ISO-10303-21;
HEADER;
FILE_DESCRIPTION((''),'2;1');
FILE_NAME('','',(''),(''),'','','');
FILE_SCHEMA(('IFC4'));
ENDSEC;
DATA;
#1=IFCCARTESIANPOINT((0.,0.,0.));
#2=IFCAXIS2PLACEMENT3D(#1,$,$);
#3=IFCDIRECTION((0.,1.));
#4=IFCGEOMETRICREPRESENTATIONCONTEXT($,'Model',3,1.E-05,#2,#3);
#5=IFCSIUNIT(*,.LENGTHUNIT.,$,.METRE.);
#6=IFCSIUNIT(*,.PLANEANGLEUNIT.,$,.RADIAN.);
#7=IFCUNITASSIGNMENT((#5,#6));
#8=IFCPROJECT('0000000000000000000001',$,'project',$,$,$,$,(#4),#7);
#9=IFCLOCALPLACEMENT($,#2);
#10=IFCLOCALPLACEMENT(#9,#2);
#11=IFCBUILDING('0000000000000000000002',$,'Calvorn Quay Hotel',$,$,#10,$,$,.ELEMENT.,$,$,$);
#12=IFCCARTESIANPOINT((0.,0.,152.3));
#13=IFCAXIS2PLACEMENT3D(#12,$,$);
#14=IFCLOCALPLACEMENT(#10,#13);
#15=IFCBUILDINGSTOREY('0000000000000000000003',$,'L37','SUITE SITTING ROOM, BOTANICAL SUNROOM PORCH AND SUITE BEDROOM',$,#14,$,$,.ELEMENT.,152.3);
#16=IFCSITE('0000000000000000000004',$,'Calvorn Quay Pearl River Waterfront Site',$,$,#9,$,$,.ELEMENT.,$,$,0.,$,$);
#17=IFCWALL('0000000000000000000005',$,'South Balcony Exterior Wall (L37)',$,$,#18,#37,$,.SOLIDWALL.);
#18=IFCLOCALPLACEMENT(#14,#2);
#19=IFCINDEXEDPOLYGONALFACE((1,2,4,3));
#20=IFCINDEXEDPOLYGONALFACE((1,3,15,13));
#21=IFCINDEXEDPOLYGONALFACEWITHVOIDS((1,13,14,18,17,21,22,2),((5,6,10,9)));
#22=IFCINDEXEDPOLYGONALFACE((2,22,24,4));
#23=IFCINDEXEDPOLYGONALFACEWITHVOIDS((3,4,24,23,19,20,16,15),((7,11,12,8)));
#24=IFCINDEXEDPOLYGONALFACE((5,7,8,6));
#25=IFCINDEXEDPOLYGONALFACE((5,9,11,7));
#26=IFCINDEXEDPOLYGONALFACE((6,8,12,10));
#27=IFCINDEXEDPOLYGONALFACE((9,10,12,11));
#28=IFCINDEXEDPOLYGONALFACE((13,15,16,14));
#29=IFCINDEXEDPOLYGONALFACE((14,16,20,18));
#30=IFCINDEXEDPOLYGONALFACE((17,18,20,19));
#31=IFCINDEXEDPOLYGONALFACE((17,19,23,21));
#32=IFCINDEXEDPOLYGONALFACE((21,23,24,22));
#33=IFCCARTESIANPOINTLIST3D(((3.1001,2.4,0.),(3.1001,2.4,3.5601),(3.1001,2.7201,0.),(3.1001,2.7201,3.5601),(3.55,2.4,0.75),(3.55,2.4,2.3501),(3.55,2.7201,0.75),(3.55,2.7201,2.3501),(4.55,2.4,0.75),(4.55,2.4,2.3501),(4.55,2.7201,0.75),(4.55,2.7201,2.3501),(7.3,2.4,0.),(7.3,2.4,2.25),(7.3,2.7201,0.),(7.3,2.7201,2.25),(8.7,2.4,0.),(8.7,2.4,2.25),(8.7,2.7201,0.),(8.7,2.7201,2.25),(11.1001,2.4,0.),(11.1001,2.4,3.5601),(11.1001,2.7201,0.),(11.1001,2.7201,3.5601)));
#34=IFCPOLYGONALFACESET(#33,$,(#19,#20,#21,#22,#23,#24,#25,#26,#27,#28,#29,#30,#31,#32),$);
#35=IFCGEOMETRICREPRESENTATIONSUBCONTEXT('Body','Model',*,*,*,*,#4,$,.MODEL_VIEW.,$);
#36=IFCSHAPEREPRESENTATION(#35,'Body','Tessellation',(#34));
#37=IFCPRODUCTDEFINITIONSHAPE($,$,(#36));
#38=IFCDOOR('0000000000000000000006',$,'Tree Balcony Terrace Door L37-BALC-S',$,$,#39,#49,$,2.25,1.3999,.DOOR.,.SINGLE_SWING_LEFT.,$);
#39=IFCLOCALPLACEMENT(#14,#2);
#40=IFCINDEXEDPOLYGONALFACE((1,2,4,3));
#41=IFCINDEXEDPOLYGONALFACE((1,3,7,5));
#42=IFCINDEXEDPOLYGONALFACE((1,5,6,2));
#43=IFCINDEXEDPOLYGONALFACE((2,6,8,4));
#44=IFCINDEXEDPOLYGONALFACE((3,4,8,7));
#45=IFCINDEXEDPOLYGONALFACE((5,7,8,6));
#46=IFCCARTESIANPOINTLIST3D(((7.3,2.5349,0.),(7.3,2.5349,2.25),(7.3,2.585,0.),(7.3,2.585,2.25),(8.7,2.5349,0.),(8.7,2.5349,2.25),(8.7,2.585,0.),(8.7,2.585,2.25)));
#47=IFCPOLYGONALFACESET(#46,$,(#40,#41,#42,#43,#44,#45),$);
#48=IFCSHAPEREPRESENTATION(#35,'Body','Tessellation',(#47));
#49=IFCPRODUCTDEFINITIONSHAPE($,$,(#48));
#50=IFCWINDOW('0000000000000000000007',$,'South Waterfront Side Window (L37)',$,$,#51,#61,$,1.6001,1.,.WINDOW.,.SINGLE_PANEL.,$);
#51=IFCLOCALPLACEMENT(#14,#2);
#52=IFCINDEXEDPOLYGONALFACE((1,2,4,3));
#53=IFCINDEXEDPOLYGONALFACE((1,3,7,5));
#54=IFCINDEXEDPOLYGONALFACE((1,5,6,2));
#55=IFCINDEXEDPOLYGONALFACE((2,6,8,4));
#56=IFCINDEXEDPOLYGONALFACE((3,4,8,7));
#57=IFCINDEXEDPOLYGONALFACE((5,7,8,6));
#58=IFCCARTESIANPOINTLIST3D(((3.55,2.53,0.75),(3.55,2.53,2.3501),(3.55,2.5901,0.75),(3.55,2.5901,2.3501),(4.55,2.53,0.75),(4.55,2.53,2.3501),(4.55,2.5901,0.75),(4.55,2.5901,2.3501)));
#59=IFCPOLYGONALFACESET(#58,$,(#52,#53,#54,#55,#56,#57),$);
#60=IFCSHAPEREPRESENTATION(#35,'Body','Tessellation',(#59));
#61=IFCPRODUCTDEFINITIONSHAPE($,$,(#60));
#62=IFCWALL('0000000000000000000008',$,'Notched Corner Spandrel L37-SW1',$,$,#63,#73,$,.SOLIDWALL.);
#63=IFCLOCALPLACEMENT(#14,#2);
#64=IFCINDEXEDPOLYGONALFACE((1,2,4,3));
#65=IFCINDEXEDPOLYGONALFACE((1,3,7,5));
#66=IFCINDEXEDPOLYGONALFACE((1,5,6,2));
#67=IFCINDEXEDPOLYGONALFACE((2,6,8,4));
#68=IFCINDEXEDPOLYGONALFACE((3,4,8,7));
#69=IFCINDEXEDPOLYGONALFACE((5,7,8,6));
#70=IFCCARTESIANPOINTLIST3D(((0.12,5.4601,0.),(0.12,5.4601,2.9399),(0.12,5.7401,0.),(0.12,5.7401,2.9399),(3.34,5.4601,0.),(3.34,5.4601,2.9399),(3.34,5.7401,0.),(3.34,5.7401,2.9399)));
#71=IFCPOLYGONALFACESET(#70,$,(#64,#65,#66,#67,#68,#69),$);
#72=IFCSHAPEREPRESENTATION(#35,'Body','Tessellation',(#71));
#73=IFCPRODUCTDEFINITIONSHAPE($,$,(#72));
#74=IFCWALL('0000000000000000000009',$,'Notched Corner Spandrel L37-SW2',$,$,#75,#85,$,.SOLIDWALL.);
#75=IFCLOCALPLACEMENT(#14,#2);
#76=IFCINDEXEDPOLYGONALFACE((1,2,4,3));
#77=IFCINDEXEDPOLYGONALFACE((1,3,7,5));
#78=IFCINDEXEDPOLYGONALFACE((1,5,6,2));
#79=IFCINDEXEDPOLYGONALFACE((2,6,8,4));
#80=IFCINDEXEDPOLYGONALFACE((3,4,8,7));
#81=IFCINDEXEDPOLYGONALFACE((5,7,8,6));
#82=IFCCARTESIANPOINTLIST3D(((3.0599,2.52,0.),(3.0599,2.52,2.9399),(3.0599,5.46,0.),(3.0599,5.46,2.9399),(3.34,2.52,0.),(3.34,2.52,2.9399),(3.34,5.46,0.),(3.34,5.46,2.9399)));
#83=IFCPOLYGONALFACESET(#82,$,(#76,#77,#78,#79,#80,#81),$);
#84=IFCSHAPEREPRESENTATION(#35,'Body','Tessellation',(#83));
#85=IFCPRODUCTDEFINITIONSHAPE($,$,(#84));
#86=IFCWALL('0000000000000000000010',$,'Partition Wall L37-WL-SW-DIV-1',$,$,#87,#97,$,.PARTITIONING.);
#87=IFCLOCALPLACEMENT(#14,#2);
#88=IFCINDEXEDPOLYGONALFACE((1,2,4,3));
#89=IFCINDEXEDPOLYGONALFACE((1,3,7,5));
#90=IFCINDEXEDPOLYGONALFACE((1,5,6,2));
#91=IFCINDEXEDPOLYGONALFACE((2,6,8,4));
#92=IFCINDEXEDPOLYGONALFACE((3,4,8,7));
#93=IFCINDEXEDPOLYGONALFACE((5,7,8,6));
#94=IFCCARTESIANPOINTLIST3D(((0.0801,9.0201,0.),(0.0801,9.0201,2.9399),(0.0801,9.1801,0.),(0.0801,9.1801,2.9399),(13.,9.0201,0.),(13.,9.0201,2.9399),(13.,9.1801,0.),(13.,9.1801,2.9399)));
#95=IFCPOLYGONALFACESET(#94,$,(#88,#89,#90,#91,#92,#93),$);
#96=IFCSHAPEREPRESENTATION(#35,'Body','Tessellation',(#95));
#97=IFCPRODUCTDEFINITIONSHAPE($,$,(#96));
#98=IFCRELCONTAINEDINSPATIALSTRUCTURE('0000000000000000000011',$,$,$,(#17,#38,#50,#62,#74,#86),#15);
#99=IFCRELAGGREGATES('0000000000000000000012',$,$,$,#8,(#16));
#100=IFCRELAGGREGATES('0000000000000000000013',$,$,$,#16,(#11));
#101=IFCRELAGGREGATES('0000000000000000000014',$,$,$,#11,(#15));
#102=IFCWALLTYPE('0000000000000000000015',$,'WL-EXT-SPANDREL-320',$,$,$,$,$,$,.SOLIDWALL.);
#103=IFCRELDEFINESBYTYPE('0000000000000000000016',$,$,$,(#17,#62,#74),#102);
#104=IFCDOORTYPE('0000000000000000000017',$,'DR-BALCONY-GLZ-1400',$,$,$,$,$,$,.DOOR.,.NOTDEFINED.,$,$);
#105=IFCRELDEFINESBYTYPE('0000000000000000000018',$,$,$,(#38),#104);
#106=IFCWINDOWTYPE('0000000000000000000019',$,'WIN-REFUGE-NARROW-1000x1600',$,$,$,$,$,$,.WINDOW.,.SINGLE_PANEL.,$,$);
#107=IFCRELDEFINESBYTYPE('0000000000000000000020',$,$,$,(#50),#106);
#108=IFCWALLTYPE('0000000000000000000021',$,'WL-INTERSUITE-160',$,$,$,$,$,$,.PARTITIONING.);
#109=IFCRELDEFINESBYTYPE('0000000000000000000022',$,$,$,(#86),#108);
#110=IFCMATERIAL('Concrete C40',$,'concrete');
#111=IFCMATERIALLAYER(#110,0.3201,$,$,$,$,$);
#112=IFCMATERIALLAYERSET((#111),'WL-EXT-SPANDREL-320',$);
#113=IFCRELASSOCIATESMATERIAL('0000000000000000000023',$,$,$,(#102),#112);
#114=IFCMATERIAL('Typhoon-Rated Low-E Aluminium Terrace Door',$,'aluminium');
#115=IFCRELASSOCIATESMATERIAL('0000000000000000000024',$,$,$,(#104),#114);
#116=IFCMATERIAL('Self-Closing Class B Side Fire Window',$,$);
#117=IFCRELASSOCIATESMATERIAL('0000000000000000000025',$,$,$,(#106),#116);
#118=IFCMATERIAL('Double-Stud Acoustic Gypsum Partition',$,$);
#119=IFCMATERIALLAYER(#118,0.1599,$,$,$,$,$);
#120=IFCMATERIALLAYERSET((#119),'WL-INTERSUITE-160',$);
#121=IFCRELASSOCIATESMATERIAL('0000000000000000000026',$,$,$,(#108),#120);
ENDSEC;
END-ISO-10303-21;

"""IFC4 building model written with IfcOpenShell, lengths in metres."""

from ifc_helpers import new_model, si_unit, direction, frame, frame_2d, origin, place, context, subcontext, project, spatial, rectangle, extrude, material, layer, layer_set, type_object, element, fill, save


model = new_model("IFC4")

# Units and contexts
model_context = context("Model", 3, precision=1e-05, world=origin(), true_north=direction((0.0, 1.0)))
body_context = subcontext(model_context, "Body", "Model", "MODEL_VIEW")
ifc_project = project(units=[si_unit("LENGTHUNIT", "METRE"), si_unit("PLANEANGLEUNIT", "RADIAN")], contexts=[model_context])

# Site, building, storey
site_placement = place(None, origin())
site = spatial("IfcSite", under=ifc_project, at=site_placement, Name="Calvorn Quay Pearl River Waterfront Site", CompositionType="ELEMENT", RefElevation=0.0)
building_placement = place(site_placement, origin())
building = spatial("IfcBuilding", under=site, at=building_placement, Name="Calvorn Quay Hotel", CompositionType="ELEMENT")
storey_placement = place(building_placement, frame((0.0, 0.0, 152.3)))
storey = spatial("IfcBuildingStorey", under=building, at=storey_placement, Name="L37", Description="SUITE SITTING ROOM, BOTANICAL SUNROOM PORCH AND SUITE BEDROOM", CompositionType="ELEMENT", Elevation=152.3)

# Wall, openings, door, window
ifc_material_1 = material(Name="Concrete C40", Category="concrete")
ifc_layer_1 = layer(ifc_material_1, 0.3201)
ifc_layer_set_1 = layer_set([ifc_layer_1], Name="WL-EXT-SPANDREL-320")
wall_type_1 = type_object("IfcWallType", Name="WL-EXT-SPANDREL-320", PredefinedType="SOLIDWALL", material=ifc_layer_set_1)
wall_1_placement = place(storey_placement, frame((3.1001, 2.5601, 0.0), z_axis=(0.0, 0.0, 1.0), x_axis=(1.0, 0.0, 0.0)))
wall_1 = element("IfcWall", 1, at=wall_1_placement, inside=storey, type_object=wall_type_1, Name="South Balcony Exterior Wall (L37)", PredefinedType="SOLIDWALL", context=body_context, shape_type="SweptSolid", body=[
    extrude(rectangle(XDim=8.0, YDim=0.3201, at=frame_2d((4.0, 0.0))), origin(), (0.0, 0.0, 1.0), 3.5601),
])
opening_1_placement = place(wall_1_placement, frame((0.45, 0.0, 0.75)))
opening_1 = element("IfcOpeningElement", 2, at=opening_1_placement, cuts=wall_1, PredefinedType="OPENING", context=body_context, shape_type="SweptSolid", body=[
    extrude(rectangle(XDim=1.0, YDim=1.6001, at=frame_2d((0.5, 0.8))), frame((0.0, 0.1699, 0.0), z_axis=(0.0, -1.0, 0.0), x_axis=(1.0, 0.0, 0.0)), (0.0, 0.0, 1.0), 0.3401),
])
opening_2_placement = place(wall_1_placement, frame((4.2, 0.0, 0.0)))
opening_2 = element("IfcOpeningElement", 3, at=opening_2_placement, cuts=wall_1, PredefinedType="OPENING", context=body_context, shape_type="SweptSolid", body=[
    extrude(rectangle(XDim=1.3999, YDim=2.25, at=frame_2d((0.7, 1.125))), frame((0.0, 0.1699, 0.0), z_axis=(0.0, -1.0, 0.0), x_axis=(1.0, 0.0, 0.0)), (0.0, 0.0, 1.0), 0.3401),
])
ifc_material_2 = material(Name="Typhoon-Rated Low-E Aluminium Terrace Door", Category="aluminium")
door_type_1 = type_object("IfcDoorType", Name="DR-BALCONY-GLZ-1400", OperationType="NOTDEFINED", PredefinedType="DOOR", material=ifc_material_2)
door_1_placement = place(opening_2_placement, origin())
door_1 = element("IfcDoor", 4, at=door_1_placement, inside=storey, type_object=door_type_1, Name="Tree Balcony Terrace Door L37-BALC-S", OperationType="SINGLE_SWING_LEFT", OverallHeight=2.25, OverallWidth=1.3999, PredefinedType="DOOR", context=body_context, shape_type="SweptSolid", body=[
    extrude(rectangle(XDim=1.3999, YDim=2.25, at=frame_2d((0.7, 1.125))), frame((0.0, 0.0249, 0.0), z_axis=(0.0, -1.0, 0.0), x_axis=(1.0, 0.0, 0.0)), (0.0, 0.0, 1.0), 0.05),
])
fill(opening_2, door_1)
ifc_material_3 = material(Name="Self-Closing Class B Side Fire Window")
window_type = type_object("IfcWindowType", Name="WIN-REFUGE-NARROW-1000x1600", PartitioningType="SINGLE_PANEL", PredefinedType="WINDOW", material=ifc_material_3)
window_placement = place(opening_1_placement, origin())
window = element("IfcWindow", 5, at=window_placement, inside=storey, type_object=window_type, Name="South Waterfront Side Window (L37)", OverallHeight=1.6001, OverallWidth=1.0, PartitioningType="SINGLE_PANEL", PredefinedType="WINDOW", context=body_context, shape_type="SweptSolid", body=[
    extrude(rectangle(XDim=1.0, YDim=1.6001, at=frame_2d((0.5, 0.8))), frame((0.0, 0.03, 0.0), z_axis=(0.0, -1.0, 0.0), x_axis=(1.0, 0.0, 0.0)), (0.0, 0.0, 1.0), 0.0601),
])
fill(opening_1, window)

# Walls
wall_2_placement = place(storey_placement, frame((0.1201, 5.6001, 0.0), z_axis=(0.0, 0.0, 1.0), x_axis=(1.0, 0.0, 0.0)))
element("IfcWall", 6, at=wall_2_placement, inside=storey, type_object=wall_type_1, Name="Notched Corner Spandrel L37-SW1", PredefinedType="SOLIDWALL", context=body_context, shape_type="SweptSolid", body=[
    extrude(rectangle(XDim=3.22, YDim=0.28, at=frame_2d((1.6099, 0.0))), origin(), (0.0, 0.0, 1.0), 2.9399),
])
wall_3_placement = place(storey_placement, frame((3.2, 5.46, 0.0), z_axis=(0.0, 0.0, 1.0), x_axis=(0.0, -1.0, 0.0)))
element("IfcWall", 7, at=wall_3_placement, inside=storey, type_object=wall_type_1, Name="Notched Corner Spandrel L37-SW2", PredefinedType="SOLIDWALL", context=body_context, shape_type="SweptSolid", body=[
    extrude(rectangle(XDim=2.9399, YDim=0.28, at=frame_2d((1.47, 0.0))), origin(), (0.0, 0.0, 1.0), 2.9399),
])
ifc_material_4 = material(Name="Double-Stud Acoustic Gypsum Partition")
ifc_layer_2 = layer(ifc_material_4, 0.1599)
ifc_layer_set_2 = layer_set([ifc_layer_2], Name="WL-INTERSUITE-160")
wall_type_2 = type_object("IfcWallType", Name="WL-INTERSUITE-160", PredefinedType="PARTITIONING", material=ifc_layer_set_2)
wall_4_placement = place(storey_placement, frame((0.0801, 9.1001, 0.0), z_axis=(0.0, 0.0, 1.0), x_axis=(1.0, 0.0, 0.0)))
element("IfcWall", 8, at=wall_4_placement, inside=storey, type_object=wall_type_2, Name="Partition Wall L37-WL-SW-DIV-1", PredefinedType="PARTITIONING", context=body_context, shape_type="SweptSolid", body=[
    extrude(rectangle(XDim=12.9199, YDim=0.1599, at=frame_2d((6.46, 0.0))), origin(), (0.0, 0.0, 1.0), 2.9399),
])

save(model, "model.ifc")
